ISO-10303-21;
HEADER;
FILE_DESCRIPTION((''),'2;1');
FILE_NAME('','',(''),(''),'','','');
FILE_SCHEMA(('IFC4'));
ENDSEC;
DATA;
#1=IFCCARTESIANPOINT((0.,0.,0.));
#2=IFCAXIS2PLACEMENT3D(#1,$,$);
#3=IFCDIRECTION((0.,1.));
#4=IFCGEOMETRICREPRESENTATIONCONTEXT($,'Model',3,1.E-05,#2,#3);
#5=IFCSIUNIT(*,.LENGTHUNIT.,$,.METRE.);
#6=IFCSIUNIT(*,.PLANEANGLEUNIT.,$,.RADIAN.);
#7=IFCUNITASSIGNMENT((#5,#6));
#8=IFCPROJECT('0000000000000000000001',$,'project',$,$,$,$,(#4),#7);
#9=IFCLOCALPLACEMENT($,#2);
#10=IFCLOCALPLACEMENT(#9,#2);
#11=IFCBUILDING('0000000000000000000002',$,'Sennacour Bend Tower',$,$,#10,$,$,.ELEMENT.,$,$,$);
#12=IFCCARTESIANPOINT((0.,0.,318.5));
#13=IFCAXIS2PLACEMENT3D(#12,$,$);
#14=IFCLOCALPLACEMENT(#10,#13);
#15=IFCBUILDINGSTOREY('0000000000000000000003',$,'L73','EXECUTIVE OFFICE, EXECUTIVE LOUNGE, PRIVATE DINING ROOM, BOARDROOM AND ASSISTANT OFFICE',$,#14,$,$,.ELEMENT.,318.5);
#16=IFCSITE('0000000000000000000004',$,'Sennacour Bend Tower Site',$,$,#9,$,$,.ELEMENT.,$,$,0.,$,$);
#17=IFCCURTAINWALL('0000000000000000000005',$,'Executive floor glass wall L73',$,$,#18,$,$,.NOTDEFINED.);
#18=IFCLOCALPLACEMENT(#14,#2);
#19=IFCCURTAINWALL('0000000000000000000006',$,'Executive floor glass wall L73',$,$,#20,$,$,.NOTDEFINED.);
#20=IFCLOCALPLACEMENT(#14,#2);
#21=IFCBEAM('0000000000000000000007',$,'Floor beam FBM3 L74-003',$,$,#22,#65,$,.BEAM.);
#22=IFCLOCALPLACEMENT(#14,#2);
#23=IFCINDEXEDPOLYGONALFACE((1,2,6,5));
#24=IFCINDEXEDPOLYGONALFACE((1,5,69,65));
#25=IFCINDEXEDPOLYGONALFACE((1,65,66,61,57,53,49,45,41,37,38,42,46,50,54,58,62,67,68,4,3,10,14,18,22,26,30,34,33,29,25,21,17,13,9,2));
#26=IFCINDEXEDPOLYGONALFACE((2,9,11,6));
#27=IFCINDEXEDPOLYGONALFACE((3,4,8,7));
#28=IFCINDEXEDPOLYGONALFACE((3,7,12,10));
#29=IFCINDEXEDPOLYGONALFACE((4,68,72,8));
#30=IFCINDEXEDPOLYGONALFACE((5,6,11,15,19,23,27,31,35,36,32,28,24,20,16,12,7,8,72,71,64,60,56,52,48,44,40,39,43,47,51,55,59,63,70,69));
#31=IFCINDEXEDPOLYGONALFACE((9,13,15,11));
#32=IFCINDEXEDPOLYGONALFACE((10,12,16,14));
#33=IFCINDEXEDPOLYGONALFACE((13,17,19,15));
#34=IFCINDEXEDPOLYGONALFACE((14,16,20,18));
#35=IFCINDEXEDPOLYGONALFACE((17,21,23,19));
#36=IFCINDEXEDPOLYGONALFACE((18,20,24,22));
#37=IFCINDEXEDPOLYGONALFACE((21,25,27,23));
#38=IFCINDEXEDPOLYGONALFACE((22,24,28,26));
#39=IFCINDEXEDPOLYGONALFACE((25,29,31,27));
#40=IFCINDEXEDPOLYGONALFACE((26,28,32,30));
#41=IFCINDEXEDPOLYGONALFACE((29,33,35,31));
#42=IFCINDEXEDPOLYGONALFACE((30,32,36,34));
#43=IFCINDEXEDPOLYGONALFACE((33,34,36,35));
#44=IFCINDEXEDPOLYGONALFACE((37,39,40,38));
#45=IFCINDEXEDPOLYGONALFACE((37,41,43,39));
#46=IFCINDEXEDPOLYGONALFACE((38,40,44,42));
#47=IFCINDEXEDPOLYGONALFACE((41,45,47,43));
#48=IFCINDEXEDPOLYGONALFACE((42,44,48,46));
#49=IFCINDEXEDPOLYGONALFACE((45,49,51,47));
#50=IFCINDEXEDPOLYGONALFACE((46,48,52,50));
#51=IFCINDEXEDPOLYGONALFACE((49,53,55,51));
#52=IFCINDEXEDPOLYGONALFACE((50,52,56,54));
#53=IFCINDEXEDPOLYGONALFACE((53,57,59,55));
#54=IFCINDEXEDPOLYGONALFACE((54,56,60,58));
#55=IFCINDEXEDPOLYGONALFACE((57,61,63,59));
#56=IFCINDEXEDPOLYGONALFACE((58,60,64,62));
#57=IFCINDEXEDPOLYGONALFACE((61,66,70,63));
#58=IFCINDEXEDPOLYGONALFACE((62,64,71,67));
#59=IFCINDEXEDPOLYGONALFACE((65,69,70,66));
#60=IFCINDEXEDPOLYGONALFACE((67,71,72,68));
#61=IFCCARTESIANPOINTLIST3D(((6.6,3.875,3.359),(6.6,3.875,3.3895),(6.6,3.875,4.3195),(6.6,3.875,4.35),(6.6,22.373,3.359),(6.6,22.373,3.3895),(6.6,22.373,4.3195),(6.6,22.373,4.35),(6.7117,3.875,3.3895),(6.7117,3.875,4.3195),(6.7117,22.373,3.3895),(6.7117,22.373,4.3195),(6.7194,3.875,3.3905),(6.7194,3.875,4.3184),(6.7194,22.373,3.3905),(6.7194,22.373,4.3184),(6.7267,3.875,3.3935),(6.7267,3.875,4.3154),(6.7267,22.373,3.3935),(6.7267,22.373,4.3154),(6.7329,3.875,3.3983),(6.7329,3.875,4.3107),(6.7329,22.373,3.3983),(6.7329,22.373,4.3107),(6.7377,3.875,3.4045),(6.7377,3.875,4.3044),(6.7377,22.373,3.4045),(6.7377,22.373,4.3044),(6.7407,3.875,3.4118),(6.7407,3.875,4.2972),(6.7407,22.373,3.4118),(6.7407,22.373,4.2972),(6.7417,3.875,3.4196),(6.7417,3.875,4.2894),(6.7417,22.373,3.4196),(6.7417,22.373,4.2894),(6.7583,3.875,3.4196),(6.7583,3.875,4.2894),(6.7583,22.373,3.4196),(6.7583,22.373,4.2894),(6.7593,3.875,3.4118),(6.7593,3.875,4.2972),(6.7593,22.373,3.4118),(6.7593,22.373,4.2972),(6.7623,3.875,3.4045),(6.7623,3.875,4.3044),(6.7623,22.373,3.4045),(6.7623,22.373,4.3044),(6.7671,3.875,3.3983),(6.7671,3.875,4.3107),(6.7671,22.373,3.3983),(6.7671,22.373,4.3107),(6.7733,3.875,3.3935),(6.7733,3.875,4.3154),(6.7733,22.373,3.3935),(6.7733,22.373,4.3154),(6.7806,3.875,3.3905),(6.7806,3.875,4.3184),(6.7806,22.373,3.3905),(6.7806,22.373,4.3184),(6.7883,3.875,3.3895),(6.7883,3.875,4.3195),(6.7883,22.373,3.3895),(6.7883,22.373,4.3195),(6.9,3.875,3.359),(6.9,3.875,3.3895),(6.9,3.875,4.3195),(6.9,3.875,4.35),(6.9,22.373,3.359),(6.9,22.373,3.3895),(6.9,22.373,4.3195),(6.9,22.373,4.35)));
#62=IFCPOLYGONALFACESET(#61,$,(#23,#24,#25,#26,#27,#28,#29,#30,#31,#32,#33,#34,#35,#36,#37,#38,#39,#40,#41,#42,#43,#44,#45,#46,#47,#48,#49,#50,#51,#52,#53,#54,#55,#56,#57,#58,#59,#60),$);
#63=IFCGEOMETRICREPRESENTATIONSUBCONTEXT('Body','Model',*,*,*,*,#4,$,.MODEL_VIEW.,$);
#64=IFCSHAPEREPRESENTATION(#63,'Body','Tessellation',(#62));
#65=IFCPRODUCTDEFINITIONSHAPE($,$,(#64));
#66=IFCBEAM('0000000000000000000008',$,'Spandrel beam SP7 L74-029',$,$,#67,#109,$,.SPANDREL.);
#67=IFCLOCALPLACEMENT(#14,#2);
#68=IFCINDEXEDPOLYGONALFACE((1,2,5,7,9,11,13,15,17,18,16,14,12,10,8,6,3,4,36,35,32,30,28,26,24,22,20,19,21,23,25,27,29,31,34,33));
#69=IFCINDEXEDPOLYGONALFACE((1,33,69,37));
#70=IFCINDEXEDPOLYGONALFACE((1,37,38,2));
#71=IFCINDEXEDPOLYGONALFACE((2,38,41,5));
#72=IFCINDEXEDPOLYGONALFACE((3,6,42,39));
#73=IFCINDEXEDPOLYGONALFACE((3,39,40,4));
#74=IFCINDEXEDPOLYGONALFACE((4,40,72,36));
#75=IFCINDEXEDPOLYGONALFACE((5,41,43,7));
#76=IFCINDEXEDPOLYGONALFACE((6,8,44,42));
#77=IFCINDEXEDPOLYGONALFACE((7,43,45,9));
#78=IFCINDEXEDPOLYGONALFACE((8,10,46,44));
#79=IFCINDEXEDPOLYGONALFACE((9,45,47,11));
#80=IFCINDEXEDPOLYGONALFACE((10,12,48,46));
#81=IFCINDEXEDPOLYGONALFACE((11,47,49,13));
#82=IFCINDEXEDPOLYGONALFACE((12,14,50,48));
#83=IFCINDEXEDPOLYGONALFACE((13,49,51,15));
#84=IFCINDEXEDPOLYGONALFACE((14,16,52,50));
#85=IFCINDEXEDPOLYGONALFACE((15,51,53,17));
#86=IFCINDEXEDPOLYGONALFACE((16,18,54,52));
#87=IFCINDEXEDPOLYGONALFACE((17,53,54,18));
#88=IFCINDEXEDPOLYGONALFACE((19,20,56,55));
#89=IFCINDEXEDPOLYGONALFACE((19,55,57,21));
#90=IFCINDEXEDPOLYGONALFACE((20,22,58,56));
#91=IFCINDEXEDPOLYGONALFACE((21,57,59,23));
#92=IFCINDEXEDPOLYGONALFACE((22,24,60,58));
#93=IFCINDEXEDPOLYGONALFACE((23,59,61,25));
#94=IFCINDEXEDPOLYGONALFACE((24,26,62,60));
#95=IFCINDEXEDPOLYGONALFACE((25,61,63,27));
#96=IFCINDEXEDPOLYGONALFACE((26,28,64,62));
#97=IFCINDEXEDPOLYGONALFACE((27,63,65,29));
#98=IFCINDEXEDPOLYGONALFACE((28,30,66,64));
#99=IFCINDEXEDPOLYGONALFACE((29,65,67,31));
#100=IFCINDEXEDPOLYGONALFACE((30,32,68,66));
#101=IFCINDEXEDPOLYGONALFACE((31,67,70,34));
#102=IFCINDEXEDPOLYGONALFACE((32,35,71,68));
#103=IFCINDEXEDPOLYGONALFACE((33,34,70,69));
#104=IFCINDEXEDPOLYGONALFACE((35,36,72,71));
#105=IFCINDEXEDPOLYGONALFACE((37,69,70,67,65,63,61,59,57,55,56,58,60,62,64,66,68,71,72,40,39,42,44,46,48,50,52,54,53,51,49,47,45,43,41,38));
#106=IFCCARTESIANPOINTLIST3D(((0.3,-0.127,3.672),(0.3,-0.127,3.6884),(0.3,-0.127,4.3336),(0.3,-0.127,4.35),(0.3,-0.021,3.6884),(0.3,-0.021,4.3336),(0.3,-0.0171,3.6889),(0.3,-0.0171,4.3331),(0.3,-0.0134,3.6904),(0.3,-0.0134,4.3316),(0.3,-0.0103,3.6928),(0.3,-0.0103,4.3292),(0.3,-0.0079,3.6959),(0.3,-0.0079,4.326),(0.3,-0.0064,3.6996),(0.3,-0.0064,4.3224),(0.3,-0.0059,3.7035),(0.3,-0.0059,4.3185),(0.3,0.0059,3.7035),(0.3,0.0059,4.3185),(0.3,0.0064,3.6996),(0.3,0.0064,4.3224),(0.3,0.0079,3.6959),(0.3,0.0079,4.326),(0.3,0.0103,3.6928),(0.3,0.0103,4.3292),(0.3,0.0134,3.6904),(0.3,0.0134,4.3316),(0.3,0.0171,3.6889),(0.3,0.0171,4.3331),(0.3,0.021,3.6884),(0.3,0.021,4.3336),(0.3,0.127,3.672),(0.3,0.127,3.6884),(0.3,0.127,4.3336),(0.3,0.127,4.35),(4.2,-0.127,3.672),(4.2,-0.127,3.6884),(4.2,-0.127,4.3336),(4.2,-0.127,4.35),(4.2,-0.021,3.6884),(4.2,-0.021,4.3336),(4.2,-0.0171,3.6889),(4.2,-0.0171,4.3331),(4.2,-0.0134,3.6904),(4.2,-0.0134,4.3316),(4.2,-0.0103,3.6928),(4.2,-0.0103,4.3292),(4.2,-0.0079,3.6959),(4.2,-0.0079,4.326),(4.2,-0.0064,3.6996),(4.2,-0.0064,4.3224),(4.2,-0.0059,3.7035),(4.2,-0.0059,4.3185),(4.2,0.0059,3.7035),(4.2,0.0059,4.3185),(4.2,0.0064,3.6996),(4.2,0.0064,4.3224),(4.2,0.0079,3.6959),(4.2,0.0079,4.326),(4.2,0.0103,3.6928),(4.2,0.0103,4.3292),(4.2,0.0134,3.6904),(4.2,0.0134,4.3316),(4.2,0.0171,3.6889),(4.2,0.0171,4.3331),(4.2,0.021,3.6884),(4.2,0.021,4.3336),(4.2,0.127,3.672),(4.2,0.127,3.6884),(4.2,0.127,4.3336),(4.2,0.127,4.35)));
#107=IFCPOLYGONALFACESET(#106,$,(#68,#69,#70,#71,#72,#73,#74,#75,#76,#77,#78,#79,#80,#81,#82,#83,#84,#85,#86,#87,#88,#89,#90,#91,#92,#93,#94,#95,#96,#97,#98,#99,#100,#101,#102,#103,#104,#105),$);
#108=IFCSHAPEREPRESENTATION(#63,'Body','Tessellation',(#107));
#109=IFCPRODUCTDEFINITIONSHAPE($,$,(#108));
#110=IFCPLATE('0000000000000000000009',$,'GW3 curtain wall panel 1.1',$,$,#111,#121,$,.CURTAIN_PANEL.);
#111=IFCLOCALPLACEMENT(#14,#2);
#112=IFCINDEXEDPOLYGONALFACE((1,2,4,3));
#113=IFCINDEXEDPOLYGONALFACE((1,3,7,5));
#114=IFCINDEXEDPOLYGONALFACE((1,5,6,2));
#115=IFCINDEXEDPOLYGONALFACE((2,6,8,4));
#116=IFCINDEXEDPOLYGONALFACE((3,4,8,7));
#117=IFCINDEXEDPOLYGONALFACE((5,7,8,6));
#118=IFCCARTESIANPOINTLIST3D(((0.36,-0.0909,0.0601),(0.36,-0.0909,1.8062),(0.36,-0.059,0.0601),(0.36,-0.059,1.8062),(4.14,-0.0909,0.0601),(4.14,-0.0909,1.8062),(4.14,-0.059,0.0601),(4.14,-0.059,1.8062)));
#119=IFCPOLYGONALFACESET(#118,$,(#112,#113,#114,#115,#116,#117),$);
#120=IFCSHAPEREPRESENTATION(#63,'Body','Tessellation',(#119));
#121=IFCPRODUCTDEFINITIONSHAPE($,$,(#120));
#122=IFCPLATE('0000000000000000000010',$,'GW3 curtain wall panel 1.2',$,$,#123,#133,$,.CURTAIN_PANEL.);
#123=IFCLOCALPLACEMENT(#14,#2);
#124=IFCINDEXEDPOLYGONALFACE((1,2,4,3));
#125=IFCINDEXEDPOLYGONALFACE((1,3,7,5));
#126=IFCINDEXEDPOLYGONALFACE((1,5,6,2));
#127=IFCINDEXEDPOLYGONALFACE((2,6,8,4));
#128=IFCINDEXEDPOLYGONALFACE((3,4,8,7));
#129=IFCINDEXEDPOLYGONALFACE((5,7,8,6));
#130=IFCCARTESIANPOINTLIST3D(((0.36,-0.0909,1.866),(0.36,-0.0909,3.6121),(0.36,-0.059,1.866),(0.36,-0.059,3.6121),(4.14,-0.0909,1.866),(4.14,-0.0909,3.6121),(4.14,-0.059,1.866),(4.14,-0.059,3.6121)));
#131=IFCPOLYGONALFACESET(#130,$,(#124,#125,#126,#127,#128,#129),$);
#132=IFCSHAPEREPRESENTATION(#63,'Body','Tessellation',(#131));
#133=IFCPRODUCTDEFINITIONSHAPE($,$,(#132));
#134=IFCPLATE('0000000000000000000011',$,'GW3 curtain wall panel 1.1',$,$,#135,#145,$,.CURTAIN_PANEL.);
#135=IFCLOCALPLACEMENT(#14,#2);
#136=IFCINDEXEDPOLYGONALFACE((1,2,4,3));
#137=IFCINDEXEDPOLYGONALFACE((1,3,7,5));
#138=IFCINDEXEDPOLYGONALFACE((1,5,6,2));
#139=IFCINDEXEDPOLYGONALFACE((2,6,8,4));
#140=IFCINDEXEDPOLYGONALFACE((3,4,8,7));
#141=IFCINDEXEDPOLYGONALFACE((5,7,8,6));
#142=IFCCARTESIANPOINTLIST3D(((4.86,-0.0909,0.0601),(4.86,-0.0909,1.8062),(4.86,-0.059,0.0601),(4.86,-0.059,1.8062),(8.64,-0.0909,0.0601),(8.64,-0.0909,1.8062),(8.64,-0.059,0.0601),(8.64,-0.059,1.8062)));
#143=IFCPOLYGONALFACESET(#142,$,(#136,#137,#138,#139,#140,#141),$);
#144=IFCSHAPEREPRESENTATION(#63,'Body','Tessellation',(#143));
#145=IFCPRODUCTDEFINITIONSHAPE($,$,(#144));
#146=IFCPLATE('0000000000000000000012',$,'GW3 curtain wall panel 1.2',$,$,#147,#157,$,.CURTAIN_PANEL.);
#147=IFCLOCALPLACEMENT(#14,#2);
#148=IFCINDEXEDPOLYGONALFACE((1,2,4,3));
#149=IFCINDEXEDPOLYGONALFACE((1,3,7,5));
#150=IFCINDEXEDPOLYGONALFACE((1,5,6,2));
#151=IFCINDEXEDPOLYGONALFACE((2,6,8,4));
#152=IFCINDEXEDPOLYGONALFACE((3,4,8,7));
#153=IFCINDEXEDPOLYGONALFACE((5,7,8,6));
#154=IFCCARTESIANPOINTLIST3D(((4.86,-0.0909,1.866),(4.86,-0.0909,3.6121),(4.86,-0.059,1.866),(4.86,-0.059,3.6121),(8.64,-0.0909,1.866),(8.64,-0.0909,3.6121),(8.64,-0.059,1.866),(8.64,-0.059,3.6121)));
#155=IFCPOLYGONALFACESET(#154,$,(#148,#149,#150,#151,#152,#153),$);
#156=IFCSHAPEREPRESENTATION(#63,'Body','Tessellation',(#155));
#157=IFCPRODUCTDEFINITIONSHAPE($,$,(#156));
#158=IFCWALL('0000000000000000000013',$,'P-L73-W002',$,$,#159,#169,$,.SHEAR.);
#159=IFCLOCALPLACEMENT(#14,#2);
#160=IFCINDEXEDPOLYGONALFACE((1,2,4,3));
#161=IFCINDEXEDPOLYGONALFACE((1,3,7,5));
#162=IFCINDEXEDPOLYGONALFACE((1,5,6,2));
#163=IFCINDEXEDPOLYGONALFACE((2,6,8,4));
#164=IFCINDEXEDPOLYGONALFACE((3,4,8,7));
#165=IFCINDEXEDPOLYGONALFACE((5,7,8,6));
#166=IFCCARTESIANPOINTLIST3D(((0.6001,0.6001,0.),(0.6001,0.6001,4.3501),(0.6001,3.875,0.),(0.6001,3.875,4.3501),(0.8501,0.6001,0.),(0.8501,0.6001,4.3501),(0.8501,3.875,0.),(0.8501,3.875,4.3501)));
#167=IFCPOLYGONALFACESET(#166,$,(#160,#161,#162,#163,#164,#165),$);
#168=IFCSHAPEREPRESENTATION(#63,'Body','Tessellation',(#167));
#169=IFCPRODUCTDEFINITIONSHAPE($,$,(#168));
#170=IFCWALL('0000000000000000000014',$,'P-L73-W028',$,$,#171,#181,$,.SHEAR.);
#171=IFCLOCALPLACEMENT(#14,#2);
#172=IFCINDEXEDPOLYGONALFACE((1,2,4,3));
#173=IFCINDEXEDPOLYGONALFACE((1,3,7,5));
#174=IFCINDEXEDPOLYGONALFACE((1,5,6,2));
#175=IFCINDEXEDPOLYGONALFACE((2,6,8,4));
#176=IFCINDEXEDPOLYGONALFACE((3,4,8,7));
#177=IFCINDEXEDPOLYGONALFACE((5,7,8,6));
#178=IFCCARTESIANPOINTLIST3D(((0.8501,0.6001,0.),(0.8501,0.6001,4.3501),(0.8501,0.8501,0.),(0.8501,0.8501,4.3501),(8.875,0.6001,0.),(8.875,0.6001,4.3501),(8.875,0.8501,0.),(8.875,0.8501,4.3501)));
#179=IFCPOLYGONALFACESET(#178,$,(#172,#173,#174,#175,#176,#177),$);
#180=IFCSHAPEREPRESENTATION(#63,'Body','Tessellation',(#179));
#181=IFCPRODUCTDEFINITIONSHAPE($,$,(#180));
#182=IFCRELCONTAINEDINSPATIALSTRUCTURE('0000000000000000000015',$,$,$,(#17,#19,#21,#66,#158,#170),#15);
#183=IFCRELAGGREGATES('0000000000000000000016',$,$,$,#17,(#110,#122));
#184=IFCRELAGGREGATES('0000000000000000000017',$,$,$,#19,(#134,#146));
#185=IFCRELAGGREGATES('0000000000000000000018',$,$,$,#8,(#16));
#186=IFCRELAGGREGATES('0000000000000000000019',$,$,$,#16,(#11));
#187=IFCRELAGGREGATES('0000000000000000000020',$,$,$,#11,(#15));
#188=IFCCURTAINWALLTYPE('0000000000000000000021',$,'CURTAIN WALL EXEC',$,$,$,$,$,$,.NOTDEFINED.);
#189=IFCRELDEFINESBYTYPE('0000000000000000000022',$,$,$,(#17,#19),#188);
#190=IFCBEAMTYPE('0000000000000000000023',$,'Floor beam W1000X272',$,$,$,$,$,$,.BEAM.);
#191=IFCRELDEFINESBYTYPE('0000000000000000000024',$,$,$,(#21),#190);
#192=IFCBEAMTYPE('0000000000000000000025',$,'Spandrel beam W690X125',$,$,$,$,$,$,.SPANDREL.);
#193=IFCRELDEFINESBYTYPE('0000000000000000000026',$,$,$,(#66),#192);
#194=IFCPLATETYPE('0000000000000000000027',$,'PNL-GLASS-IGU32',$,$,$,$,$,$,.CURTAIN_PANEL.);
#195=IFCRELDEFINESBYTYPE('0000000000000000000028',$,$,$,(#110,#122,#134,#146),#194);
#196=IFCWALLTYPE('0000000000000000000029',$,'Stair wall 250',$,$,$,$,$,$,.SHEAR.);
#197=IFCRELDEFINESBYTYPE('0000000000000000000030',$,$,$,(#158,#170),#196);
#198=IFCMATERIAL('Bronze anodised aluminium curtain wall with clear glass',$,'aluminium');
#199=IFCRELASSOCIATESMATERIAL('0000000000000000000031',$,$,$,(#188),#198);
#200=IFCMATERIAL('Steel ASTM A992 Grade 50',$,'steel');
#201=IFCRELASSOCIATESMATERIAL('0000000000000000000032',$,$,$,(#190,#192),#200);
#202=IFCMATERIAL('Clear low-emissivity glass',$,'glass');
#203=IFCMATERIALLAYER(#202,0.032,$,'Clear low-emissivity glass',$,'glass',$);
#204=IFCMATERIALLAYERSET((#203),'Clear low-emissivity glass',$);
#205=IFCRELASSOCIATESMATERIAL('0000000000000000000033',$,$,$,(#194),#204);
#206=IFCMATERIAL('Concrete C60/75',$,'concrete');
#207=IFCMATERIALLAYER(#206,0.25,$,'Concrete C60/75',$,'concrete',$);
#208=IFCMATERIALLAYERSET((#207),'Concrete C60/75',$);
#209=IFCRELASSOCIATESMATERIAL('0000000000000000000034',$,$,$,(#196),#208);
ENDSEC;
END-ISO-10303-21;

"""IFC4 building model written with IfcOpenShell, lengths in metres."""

from ifc_helpers import new_model, si_unit, direction, frame, frame_2d, origin, origin_2d, place, context, subcontext, project, spatial, rectangle, i_section, extrude, material, layer, layer_set, material_profile, profile_set, type_object, element, aggregate, save


model = new_model("IFC4")

# Units and contexts
model_context = context("Model", 3, precision=1e-05, world=origin(), true_north=direction((0.0, 1.0)))
body_context = subcontext(model_context, "Body", "Model", "MODEL_VIEW")
ifc_project = project(units=[si_unit("LENGTHUNIT", "METRE"), si_unit("PLANEANGLEUNIT", "RADIAN")], contexts=[model_context])

# Site, building, storey
site_placement = place(None, origin())
site = spatial("IfcSite", under=ifc_project, at=site_placement, Name="Sennacour Bend Tower Site", CompositionType="ELEMENT", RefElevation=0.0)
building_placement = place(site_placement, origin())
building = spatial("IfcBuilding", under=site, at=building_placement, Name="Sennacour Bend Tower", CompositionType="ELEMENT")
storey_placement = place(building_placement, frame((0.0, 0.0, 318.5)))
storey = spatial("IfcBuildingStorey", under=building, at=storey_placement, Name="L73", Description="EXECUTIVE OFFICE, EXECUTIVE LOUNGE, PRIVATE DINING ROOM, BOARDROOM AND ASSISTANT OFFICE", CompositionType="ELEMENT", Elevation=318.5)

# Curtain wall
ifc_material_1 = material(Name="Bronze anodised aluminium curtain wall with clear glass", Category="aluminium")
curtain_wall_type = type_object("IfcCurtainWallType", Name="CURTAIN WALL EXEC", PredefinedType="NOTDEFINED", material=ifc_material_1)
curtain_wall_1_placement = place(storey_placement, origin())
curtain_wall_1 = element("IfcCurtainWall", 1, at=curtain_wall_1_placement, inside=storey, type_object=curtain_wall_type, Name="Executive floor glass wall L73", PredefinedType="NOTDEFINED")

# Curtain wall
curtain_wall_2_placement = place(storey_placement, origin())
curtain_wall_2 = element("IfcCurtainWall", 2, at=curtain_wall_2_placement, inside=storey, type_object=curtain_wall_type, Name="Executive floor glass wall L73", PredefinedType="NOTDEFINED")

# Beams
ifc_material_2 = material(Name="Steel ASTM A992 Grade 50", Category="steel")
ifc_material_profile_1 = material_profile(ifc_material_2, i_section(OverallWidth=0.3, OverallDepth=0.991, WebThickness=0.0166, FlangeThickness=0.0305, FilletRadius=0.03, at=origin_2d()), Name="Steel ASTM A992 Grade 50", Category="steel")
ifc_profile_set_1 = profile_set([ifc_material_profile_1], Name="Steel ASTM A992 Grade 50")
beam_type_1 = type_object("IfcBeamType", Name="Floor beam W1000X272", PredefinedType="BEAM", material=ifc_profile_set_1)
beam_1_placement = place(storey_placement, frame((6.75, 3.875, 3.8545), z_axis=(0.0, 1.0, 0.0), x_axis=(-1.0, 0.0, 0.0)))
element("IfcBeam", 3, at=beam_1_placement, inside=storey, type_object=beam_type_1, Name="Floor beam FBM3 L74-003", PredefinedType="BEAM", context=body_context, shape_type="SweptSolid", body=[
    extrude(i_section(OverallWidth=0.3, OverallDepth=0.991, WebThickness=0.0166, FlangeThickness=0.0305, FilletRadius=0.03, at=origin_2d()), origin(), (0.0, 0.0, 1.0), 18.498),
])
ifc_material_profile_2 = material_profile(ifc_material_2, i_section(OverallWidth=0.2539, OverallDepth=0.678, WebThickness=0.0117, FlangeThickness=0.0164, FilletRadius=0.0151, at=origin_2d()), Name="Steel ASTM A992 Grade 50", Category="steel")
ifc_profile_set_2 = profile_set([ifc_material_profile_2], Name="Steel ASTM A992 Grade 50")
beam_type_2 = type_object("IfcBeamType", Name="Spandrel beam W690X125", PredefinedType="SPANDREL", material=ifc_profile_set_2)
beam_2_placement = place(storey_placement, frame((4.2, 0.0, 4.011), z_axis=(-1.0, 0.0, 0.0), x_axis=(0.0, -1.0, 0.0)))
element("IfcBeam", 4, at=beam_2_placement, inside=storey, type_object=beam_type_2, Name="Spandrel beam SP7 L74-029", PredefinedType="SPANDREL", context=body_context, shape_type="SweptSolid", body=[
    extrude(i_section(OverallWidth=0.2539, OverallDepth=0.678, WebThickness=0.0117, FlangeThickness=0.0164, FilletRadius=0.0151, at=origin_2d()), origin(), (0.0, 0.0, 1.0), 3.8999),
])

# Plates
ifc_material_3 = material(Name="Clear low-emissivity glass", Category="glass")
ifc_layer_1 = layer(ifc_material_3, 0.032, Name="Clear low-emissivity glass", Category="glass")
ifc_layer_set_1 = layer_set([ifc_layer_1], Name="Clear low-emissivity glass")
plate_type = type_object("IfcPlateType", Name="PNL-GLASS-IGU32", PredefinedType="CURTAIN_PANEL", material=ifc_layer_set_1)
plate_1_placement = place(storey_placement, frame((2.25, -0.075, 0.0601), z_axis=(0.0, 0.0, 1.0), x_axis=(1.0, 0.0, 0.0)))
plate_1 = element("IfcPlate", 5, at=plate_1_placement, type_object=plate_type, Name="GW3 curtain wall panel 1.1", PredefinedType="CURTAIN_PANEL", context=body_context, shape_type="SweptSolid", body=[
    extrude(rectangle(XDim=3.78, YDim=0.032, at=origin_2d()), origin(), (0.0, 0.0, 1.0), 1.7461),
])
plate_2_placement = place(storey_placement, frame((2.25, -0.075, 1.866), z_axis=(0.0, 0.0, 1.0), x_axis=(1.0, 0.0, 0.0)))
plate_2 = element("IfcPlate", 6, at=plate_2_placement, type_object=plate_type, Name="GW3 curtain wall panel 1.2", PredefinedType="CURTAIN_PANEL", context=body_context, shape_type="SweptSolid", body=[
    extrude(rectangle(XDim=3.78, YDim=0.032, at=origin_2d()), origin(), (0.0, 0.0, 1.0), 1.7461),
])
aggregate(curtain_wall_1, [plate_1, plate_2])
plate_3_placement = place(storey_placement, frame((6.75, -0.075, 0.0601), z_axis=(0.0, 0.0, 1.0), x_axis=(1.0, 0.0, 0.0)))
plate_3 = element("IfcPlate", 7, at=plate_3_placement, type_object=plate_type, Name="GW3 curtain wall panel 1.1", PredefinedType="CURTAIN_PANEL", context=body_context, shape_type="SweptSolid", body=[
    extrude(rectangle(XDim=3.78, YDim=0.032, at=origin_2d()), origin(), (0.0, 0.0, 1.0), 1.7461),
])
plate_4_placement = place(storey_placement, frame((6.75, -0.075, 1.866), z_axis=(0.0, 0.0, 1.0), x_axis=(1.0, 0.0, 0.0)))
plate_4 = element("IfcPlate", 8, at=plate_4_placement, type_object=plate_type, Name="GW3 curtain wall panel 1.2", PredefinedType="CURTAIN_PANEL", context=body_context, shape_type="SweptSolid", body=[
    extrude(rectangle(XDim=3.78, YDim=0.032, at=origin_2d()), origin(), (0.0, 0.0, 1.0), 1.7461),
])
aggregate(curtain_wall_2, [plate_3, plate_4])

# Walls
ifc_material_4 = material(Name="Concrete C60/75", Category="concrete")
ifc_layer_2 = layer(ifc_material_4, 0.25, Name="Concrete C60/75", Category="concrete")
ifc_layer_set_2 = layer_set([ifc_layer_2], Name="Concrete C60/75")
wall_type = type_object("IfcWallType", Name="Stair wall 250", PredefinedType="SHEAR", material=ifc_layer_set_2)
wall_1_placement = place(storey_placement, frame((0.7251, 0.6001, 0.0), z_axis=(0.0, 0.0, 1.0), x_axis=(0.0, 1.0, 0.0)))
element("IfcWall", 9, at=wall_1_placement, inside=storey, type_object=wall_type, Name="P-L73-W002", PredefinedType="SHEAR", context=body_context, shape_type="SweptSolid", body=[
    extrude(rectangle(XDim=3.2749, YDim=0.25, at=frame_2d((1.6375, 0.0))), origin(), (0.0, 0.0, 1.0), 4.3501),
])
wall_2_placement = place(storey_placement, frame((0.8501, 0.7251, 0.0), z_axis=(0.0, 0.0, 1.0), x_axis=(1.0, 0.0, 0.0)))
element("IfcWall", 10, at=wall_2_placement, inside=storey, type_object=wall_type, Name="P-L73-W028", PredefinedType="SHEAR", context=body_context, shape_type="SweptSolid", body=[
    extrude(rectangle(XDim=8.0249, YDim=0.25, at=frame_2d((4.0125, 0.0))), origin(), (0.0, 0.0, 1.0), 4.3501),
])

save(model, "model.ifc")
